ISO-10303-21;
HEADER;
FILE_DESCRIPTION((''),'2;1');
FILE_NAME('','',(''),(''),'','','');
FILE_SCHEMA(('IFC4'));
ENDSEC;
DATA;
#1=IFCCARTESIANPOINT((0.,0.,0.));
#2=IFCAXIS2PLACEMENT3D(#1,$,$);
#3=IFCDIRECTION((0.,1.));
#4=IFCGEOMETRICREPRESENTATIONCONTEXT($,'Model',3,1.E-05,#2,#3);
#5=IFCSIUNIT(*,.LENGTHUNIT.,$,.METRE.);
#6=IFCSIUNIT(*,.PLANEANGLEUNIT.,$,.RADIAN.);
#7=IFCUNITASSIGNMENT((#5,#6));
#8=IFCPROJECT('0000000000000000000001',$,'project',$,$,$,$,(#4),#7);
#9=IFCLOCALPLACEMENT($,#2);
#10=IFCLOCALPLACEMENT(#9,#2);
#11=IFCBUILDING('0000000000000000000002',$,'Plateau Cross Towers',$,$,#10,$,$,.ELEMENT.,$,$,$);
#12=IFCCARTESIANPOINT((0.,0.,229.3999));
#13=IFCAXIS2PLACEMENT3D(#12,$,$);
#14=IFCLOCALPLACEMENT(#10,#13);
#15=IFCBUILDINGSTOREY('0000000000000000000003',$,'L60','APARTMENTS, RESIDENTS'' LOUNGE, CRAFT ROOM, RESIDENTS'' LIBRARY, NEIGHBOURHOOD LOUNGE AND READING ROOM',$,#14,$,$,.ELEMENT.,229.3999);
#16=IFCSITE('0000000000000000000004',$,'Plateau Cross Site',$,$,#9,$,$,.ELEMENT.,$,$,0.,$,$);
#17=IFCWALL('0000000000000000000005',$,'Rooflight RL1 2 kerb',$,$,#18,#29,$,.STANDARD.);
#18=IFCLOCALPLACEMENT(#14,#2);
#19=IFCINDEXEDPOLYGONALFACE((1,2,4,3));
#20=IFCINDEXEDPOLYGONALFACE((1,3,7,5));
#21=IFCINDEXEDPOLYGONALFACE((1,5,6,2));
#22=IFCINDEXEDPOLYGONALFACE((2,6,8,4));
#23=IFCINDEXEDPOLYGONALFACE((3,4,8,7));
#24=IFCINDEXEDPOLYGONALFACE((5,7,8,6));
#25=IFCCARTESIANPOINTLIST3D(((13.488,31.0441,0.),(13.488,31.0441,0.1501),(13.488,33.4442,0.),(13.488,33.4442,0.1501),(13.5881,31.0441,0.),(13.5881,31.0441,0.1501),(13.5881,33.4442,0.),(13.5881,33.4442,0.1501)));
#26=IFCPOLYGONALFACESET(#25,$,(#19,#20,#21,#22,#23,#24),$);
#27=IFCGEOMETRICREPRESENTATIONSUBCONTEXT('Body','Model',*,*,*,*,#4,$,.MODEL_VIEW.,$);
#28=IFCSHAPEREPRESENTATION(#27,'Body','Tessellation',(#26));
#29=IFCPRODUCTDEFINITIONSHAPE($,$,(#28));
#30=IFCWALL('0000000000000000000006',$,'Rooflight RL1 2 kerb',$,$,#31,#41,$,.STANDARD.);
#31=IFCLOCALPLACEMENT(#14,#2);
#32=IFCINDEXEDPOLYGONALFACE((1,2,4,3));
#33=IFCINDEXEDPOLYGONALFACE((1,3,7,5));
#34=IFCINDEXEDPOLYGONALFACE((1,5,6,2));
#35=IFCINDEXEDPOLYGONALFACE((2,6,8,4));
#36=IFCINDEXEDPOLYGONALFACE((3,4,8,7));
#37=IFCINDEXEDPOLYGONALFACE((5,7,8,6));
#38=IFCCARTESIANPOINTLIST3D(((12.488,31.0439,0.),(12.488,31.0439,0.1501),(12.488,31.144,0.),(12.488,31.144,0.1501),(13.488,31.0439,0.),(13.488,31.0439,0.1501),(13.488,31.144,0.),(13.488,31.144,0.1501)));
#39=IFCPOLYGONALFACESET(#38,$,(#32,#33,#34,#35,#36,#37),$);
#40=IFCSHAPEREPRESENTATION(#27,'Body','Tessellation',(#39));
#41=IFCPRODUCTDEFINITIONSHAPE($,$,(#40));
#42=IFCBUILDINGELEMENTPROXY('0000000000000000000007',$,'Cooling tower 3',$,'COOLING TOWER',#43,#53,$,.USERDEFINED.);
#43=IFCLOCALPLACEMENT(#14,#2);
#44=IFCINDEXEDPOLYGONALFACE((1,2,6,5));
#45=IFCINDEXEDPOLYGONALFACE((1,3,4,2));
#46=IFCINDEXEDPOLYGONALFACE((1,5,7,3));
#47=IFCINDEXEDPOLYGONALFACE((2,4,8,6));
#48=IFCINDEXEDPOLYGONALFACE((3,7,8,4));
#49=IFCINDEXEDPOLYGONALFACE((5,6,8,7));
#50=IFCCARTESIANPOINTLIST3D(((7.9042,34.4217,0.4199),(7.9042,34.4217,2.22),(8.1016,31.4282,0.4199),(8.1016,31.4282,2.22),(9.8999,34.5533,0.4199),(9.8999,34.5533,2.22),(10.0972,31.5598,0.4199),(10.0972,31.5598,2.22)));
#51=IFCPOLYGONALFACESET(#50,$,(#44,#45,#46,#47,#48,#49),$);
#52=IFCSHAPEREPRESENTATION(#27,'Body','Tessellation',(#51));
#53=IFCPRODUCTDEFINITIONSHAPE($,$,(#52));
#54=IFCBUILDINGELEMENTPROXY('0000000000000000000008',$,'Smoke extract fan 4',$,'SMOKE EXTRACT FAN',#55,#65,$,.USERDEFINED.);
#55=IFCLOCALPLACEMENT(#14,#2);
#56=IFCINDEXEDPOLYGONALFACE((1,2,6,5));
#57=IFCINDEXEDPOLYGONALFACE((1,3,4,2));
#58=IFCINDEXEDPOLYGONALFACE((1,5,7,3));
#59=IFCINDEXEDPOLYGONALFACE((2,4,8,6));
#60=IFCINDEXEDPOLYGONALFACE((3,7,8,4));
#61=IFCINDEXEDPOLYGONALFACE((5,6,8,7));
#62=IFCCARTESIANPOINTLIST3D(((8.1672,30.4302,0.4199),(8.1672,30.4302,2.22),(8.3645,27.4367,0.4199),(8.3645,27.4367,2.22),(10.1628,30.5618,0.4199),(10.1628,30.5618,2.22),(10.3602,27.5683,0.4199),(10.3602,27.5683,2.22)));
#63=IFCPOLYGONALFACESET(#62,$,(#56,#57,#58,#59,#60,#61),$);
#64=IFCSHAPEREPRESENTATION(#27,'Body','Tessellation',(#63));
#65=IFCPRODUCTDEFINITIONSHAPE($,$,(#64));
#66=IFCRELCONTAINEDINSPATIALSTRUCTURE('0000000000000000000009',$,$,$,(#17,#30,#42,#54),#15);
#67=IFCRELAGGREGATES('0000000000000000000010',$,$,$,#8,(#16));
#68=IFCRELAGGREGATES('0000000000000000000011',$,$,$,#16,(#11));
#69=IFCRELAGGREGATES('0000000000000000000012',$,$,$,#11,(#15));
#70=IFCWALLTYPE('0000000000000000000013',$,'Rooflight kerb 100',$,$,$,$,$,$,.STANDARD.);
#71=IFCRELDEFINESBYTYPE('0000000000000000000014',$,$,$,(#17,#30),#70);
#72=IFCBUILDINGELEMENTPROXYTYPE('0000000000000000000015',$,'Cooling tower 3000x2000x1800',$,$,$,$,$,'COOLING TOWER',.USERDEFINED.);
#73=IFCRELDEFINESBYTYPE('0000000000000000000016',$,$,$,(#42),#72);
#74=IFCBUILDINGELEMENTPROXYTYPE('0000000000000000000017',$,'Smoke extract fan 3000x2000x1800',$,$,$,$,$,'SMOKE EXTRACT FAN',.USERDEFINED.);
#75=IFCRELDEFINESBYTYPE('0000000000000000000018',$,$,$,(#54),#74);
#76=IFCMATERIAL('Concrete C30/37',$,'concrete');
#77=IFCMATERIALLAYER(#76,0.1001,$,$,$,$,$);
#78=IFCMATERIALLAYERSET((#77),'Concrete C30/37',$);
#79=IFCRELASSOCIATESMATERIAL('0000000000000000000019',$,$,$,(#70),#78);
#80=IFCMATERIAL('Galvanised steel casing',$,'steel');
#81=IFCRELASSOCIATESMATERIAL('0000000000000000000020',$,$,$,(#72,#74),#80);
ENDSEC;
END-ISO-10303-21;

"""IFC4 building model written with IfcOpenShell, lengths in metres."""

from ifc_helpers import new_model, si_unit, direction, frame, frame_2d, origin, origin_2d, place, context, subcontext, project, spatial, rectangle, extrude, material, layer, layer_set, type_object, element, save


model = new_model("IFC4")

# Units and contexts
model_context = context("Model", 3, precision=1e-05, world=origin(), true_north=direction((0.0, 1.0)))
body_context = subcontext(model_context, "Body", "Model", "MODEL_VIEW")
ifc_project = project(units=[si_unit("LENGTHUNIT", "METRE"), si_unit("PLANEANGLEUNIT", "RADIAN")], contexts=[model_context])

# Site, building, storey
site_placement = place(None, origin())
site = spatial("IfcSite", under=ifc_project, at=site_placement, Name="Plateau Cross Site", CompositionType="ELEMENT", RefElevation=0.0)
building_placement = place(site_placement, origin())
building = spatial("IfcBuilding", under=site, at=building_placement, Name="Plateau Cross Towers", CompositionType="ELEMENT")
storey_placement = place(building_placement, frame((0.0, 0.0, 229.3999)))
storey = spatial("IfcBuildingStorey", under=building, at=storey_placement, Name="L60", Description="APARTMENTS, RESIDENTS' LOUNGE, CRAFT ROOM, RESIDENTS' LIBRARY, NEIGHBOURHOOD LOUNGE AND READING ROOM", CompositionType="ELEMENT", Elevation=229.3999)

# Walls
ifc_material_1 = material(Name="Concrete C30/37", Category="concrete")
ifc_layer_1 = layer(ifc_material_1, 0.1001)
ifc_layer_set_1 = layer_set([ifc_layer_1], Name="Concrete C30/37")
wall_type_1 = type_object("IfcWallType", Name="Rooflight kerb 100", PredefinedType="STANDARD", material=ifc_layer_set_1)
for number, where, z_axis, x_axis, name in (
    (1, (13.5381, 31.0439, 0.0), (0.0, 0.0, 1.0), (0.0, 1.0, 0.0), "Rooflight RL1 2 kerb"),
):
    element("IfcWall", number, at=place(storey_placement, frame(where, z_axis=z_axis, x_axis=x_axis)), inside=storey, type_object=wall_type_1, Name=name, PredefinedType="STANDARD", context=body_context, shape_type="SweptSolid", body=[
        extrude(rectangle(XDim=2.4001, YDim=0.1001, at=frame_2d((1.2002, 0.0))), origin(), (0.0, 0.0, 1.0), 0.1501),
    ])
wall_1_placement = place(storey_placement, frame((12.488, 31.094, 0.0), z_axis=(0.0, 0.0, 1.0), x_axis=(1.0, 0.0, 0.0)))
element("IfcWall", 2, at=wall_1_placement, inside=storey, type_object=wall_type_1, Name="Rooflight RL1 2 kerb", PredefinedType="STANDARD", context=body_context, shape_type="SweptSolid", body=[
    extrude(rectangle(XDim=1.0, YDim=0.1001, at=frame_2d((0.5, 0.0))), origin(), (0.0, 0.0, 1.0), 0.1501),
])

# Building element proxies
ifc_material_2 = material(Name="Galvanised steel casing", Category="steel")
building_element_proxy_type_1 = type_object("IfcBuildingElementProxyType", Name="Cooling tower 3000x2000x1800", ElementType="COOLING TOWER", PredefinedType="USERDEFINED", material=ifc_material_2)
proxy_1_placement = place(storey_placement, frame((9.0007, 32.9907, 0.4199), z_axis=(0.0, 0.0, 1.0), x_axis=(0.06578, -0.997834, 0.0)))
element("IfcBuildingElementProxy", 3, at=proxy_1_placement, inside=storey, type_object=building_element_proxy_type_1, Name="Cooling tower 3", ObjectType="COOLING TOWER", PredefinedType="USERDEFINED", context=body_context, shape_type="SweptSolid", body=[
    extrude(rectangle(XDim=3.0, YDim=2.0, at=origin_2d()), origin(), (0.0, 0.0, 1.0), 1.8),
])
building_element_proxy_type_2 = type_object("IfcBuildingElementProxyType", Name="Smoke extract fan 3000x2000x1800", ElementType="SMOKE EXTRACT FAN", PredefinedType="USERDEFINED", material=ifc_material_2)
proxy_2_placement = place(storey_placement, frame((9.2637, 28.9993, 0.4199), z_axis=(0.0, 0.0, 1.0), x_axis=(0.06578, -0.997834, 0.0)))
element("IfcBuildingElementProxy", 4, at=proxy_2_placement, inside=storey, type_object=building_element_proxy_type_2, Name="Smoke extract fan 4", ObjectType="SMOKE EXTRACT FAN", PredefinedType="USERDEFINED", context=body_context, shape_type="SweptSolid", body=[
    extrude(rectangle(XDim=3.0, YDim=2.0, at=origin_2d()), origin(), (0.0, 0.0, 1.0), 1.8),
])

save(model, "model.ifc")
